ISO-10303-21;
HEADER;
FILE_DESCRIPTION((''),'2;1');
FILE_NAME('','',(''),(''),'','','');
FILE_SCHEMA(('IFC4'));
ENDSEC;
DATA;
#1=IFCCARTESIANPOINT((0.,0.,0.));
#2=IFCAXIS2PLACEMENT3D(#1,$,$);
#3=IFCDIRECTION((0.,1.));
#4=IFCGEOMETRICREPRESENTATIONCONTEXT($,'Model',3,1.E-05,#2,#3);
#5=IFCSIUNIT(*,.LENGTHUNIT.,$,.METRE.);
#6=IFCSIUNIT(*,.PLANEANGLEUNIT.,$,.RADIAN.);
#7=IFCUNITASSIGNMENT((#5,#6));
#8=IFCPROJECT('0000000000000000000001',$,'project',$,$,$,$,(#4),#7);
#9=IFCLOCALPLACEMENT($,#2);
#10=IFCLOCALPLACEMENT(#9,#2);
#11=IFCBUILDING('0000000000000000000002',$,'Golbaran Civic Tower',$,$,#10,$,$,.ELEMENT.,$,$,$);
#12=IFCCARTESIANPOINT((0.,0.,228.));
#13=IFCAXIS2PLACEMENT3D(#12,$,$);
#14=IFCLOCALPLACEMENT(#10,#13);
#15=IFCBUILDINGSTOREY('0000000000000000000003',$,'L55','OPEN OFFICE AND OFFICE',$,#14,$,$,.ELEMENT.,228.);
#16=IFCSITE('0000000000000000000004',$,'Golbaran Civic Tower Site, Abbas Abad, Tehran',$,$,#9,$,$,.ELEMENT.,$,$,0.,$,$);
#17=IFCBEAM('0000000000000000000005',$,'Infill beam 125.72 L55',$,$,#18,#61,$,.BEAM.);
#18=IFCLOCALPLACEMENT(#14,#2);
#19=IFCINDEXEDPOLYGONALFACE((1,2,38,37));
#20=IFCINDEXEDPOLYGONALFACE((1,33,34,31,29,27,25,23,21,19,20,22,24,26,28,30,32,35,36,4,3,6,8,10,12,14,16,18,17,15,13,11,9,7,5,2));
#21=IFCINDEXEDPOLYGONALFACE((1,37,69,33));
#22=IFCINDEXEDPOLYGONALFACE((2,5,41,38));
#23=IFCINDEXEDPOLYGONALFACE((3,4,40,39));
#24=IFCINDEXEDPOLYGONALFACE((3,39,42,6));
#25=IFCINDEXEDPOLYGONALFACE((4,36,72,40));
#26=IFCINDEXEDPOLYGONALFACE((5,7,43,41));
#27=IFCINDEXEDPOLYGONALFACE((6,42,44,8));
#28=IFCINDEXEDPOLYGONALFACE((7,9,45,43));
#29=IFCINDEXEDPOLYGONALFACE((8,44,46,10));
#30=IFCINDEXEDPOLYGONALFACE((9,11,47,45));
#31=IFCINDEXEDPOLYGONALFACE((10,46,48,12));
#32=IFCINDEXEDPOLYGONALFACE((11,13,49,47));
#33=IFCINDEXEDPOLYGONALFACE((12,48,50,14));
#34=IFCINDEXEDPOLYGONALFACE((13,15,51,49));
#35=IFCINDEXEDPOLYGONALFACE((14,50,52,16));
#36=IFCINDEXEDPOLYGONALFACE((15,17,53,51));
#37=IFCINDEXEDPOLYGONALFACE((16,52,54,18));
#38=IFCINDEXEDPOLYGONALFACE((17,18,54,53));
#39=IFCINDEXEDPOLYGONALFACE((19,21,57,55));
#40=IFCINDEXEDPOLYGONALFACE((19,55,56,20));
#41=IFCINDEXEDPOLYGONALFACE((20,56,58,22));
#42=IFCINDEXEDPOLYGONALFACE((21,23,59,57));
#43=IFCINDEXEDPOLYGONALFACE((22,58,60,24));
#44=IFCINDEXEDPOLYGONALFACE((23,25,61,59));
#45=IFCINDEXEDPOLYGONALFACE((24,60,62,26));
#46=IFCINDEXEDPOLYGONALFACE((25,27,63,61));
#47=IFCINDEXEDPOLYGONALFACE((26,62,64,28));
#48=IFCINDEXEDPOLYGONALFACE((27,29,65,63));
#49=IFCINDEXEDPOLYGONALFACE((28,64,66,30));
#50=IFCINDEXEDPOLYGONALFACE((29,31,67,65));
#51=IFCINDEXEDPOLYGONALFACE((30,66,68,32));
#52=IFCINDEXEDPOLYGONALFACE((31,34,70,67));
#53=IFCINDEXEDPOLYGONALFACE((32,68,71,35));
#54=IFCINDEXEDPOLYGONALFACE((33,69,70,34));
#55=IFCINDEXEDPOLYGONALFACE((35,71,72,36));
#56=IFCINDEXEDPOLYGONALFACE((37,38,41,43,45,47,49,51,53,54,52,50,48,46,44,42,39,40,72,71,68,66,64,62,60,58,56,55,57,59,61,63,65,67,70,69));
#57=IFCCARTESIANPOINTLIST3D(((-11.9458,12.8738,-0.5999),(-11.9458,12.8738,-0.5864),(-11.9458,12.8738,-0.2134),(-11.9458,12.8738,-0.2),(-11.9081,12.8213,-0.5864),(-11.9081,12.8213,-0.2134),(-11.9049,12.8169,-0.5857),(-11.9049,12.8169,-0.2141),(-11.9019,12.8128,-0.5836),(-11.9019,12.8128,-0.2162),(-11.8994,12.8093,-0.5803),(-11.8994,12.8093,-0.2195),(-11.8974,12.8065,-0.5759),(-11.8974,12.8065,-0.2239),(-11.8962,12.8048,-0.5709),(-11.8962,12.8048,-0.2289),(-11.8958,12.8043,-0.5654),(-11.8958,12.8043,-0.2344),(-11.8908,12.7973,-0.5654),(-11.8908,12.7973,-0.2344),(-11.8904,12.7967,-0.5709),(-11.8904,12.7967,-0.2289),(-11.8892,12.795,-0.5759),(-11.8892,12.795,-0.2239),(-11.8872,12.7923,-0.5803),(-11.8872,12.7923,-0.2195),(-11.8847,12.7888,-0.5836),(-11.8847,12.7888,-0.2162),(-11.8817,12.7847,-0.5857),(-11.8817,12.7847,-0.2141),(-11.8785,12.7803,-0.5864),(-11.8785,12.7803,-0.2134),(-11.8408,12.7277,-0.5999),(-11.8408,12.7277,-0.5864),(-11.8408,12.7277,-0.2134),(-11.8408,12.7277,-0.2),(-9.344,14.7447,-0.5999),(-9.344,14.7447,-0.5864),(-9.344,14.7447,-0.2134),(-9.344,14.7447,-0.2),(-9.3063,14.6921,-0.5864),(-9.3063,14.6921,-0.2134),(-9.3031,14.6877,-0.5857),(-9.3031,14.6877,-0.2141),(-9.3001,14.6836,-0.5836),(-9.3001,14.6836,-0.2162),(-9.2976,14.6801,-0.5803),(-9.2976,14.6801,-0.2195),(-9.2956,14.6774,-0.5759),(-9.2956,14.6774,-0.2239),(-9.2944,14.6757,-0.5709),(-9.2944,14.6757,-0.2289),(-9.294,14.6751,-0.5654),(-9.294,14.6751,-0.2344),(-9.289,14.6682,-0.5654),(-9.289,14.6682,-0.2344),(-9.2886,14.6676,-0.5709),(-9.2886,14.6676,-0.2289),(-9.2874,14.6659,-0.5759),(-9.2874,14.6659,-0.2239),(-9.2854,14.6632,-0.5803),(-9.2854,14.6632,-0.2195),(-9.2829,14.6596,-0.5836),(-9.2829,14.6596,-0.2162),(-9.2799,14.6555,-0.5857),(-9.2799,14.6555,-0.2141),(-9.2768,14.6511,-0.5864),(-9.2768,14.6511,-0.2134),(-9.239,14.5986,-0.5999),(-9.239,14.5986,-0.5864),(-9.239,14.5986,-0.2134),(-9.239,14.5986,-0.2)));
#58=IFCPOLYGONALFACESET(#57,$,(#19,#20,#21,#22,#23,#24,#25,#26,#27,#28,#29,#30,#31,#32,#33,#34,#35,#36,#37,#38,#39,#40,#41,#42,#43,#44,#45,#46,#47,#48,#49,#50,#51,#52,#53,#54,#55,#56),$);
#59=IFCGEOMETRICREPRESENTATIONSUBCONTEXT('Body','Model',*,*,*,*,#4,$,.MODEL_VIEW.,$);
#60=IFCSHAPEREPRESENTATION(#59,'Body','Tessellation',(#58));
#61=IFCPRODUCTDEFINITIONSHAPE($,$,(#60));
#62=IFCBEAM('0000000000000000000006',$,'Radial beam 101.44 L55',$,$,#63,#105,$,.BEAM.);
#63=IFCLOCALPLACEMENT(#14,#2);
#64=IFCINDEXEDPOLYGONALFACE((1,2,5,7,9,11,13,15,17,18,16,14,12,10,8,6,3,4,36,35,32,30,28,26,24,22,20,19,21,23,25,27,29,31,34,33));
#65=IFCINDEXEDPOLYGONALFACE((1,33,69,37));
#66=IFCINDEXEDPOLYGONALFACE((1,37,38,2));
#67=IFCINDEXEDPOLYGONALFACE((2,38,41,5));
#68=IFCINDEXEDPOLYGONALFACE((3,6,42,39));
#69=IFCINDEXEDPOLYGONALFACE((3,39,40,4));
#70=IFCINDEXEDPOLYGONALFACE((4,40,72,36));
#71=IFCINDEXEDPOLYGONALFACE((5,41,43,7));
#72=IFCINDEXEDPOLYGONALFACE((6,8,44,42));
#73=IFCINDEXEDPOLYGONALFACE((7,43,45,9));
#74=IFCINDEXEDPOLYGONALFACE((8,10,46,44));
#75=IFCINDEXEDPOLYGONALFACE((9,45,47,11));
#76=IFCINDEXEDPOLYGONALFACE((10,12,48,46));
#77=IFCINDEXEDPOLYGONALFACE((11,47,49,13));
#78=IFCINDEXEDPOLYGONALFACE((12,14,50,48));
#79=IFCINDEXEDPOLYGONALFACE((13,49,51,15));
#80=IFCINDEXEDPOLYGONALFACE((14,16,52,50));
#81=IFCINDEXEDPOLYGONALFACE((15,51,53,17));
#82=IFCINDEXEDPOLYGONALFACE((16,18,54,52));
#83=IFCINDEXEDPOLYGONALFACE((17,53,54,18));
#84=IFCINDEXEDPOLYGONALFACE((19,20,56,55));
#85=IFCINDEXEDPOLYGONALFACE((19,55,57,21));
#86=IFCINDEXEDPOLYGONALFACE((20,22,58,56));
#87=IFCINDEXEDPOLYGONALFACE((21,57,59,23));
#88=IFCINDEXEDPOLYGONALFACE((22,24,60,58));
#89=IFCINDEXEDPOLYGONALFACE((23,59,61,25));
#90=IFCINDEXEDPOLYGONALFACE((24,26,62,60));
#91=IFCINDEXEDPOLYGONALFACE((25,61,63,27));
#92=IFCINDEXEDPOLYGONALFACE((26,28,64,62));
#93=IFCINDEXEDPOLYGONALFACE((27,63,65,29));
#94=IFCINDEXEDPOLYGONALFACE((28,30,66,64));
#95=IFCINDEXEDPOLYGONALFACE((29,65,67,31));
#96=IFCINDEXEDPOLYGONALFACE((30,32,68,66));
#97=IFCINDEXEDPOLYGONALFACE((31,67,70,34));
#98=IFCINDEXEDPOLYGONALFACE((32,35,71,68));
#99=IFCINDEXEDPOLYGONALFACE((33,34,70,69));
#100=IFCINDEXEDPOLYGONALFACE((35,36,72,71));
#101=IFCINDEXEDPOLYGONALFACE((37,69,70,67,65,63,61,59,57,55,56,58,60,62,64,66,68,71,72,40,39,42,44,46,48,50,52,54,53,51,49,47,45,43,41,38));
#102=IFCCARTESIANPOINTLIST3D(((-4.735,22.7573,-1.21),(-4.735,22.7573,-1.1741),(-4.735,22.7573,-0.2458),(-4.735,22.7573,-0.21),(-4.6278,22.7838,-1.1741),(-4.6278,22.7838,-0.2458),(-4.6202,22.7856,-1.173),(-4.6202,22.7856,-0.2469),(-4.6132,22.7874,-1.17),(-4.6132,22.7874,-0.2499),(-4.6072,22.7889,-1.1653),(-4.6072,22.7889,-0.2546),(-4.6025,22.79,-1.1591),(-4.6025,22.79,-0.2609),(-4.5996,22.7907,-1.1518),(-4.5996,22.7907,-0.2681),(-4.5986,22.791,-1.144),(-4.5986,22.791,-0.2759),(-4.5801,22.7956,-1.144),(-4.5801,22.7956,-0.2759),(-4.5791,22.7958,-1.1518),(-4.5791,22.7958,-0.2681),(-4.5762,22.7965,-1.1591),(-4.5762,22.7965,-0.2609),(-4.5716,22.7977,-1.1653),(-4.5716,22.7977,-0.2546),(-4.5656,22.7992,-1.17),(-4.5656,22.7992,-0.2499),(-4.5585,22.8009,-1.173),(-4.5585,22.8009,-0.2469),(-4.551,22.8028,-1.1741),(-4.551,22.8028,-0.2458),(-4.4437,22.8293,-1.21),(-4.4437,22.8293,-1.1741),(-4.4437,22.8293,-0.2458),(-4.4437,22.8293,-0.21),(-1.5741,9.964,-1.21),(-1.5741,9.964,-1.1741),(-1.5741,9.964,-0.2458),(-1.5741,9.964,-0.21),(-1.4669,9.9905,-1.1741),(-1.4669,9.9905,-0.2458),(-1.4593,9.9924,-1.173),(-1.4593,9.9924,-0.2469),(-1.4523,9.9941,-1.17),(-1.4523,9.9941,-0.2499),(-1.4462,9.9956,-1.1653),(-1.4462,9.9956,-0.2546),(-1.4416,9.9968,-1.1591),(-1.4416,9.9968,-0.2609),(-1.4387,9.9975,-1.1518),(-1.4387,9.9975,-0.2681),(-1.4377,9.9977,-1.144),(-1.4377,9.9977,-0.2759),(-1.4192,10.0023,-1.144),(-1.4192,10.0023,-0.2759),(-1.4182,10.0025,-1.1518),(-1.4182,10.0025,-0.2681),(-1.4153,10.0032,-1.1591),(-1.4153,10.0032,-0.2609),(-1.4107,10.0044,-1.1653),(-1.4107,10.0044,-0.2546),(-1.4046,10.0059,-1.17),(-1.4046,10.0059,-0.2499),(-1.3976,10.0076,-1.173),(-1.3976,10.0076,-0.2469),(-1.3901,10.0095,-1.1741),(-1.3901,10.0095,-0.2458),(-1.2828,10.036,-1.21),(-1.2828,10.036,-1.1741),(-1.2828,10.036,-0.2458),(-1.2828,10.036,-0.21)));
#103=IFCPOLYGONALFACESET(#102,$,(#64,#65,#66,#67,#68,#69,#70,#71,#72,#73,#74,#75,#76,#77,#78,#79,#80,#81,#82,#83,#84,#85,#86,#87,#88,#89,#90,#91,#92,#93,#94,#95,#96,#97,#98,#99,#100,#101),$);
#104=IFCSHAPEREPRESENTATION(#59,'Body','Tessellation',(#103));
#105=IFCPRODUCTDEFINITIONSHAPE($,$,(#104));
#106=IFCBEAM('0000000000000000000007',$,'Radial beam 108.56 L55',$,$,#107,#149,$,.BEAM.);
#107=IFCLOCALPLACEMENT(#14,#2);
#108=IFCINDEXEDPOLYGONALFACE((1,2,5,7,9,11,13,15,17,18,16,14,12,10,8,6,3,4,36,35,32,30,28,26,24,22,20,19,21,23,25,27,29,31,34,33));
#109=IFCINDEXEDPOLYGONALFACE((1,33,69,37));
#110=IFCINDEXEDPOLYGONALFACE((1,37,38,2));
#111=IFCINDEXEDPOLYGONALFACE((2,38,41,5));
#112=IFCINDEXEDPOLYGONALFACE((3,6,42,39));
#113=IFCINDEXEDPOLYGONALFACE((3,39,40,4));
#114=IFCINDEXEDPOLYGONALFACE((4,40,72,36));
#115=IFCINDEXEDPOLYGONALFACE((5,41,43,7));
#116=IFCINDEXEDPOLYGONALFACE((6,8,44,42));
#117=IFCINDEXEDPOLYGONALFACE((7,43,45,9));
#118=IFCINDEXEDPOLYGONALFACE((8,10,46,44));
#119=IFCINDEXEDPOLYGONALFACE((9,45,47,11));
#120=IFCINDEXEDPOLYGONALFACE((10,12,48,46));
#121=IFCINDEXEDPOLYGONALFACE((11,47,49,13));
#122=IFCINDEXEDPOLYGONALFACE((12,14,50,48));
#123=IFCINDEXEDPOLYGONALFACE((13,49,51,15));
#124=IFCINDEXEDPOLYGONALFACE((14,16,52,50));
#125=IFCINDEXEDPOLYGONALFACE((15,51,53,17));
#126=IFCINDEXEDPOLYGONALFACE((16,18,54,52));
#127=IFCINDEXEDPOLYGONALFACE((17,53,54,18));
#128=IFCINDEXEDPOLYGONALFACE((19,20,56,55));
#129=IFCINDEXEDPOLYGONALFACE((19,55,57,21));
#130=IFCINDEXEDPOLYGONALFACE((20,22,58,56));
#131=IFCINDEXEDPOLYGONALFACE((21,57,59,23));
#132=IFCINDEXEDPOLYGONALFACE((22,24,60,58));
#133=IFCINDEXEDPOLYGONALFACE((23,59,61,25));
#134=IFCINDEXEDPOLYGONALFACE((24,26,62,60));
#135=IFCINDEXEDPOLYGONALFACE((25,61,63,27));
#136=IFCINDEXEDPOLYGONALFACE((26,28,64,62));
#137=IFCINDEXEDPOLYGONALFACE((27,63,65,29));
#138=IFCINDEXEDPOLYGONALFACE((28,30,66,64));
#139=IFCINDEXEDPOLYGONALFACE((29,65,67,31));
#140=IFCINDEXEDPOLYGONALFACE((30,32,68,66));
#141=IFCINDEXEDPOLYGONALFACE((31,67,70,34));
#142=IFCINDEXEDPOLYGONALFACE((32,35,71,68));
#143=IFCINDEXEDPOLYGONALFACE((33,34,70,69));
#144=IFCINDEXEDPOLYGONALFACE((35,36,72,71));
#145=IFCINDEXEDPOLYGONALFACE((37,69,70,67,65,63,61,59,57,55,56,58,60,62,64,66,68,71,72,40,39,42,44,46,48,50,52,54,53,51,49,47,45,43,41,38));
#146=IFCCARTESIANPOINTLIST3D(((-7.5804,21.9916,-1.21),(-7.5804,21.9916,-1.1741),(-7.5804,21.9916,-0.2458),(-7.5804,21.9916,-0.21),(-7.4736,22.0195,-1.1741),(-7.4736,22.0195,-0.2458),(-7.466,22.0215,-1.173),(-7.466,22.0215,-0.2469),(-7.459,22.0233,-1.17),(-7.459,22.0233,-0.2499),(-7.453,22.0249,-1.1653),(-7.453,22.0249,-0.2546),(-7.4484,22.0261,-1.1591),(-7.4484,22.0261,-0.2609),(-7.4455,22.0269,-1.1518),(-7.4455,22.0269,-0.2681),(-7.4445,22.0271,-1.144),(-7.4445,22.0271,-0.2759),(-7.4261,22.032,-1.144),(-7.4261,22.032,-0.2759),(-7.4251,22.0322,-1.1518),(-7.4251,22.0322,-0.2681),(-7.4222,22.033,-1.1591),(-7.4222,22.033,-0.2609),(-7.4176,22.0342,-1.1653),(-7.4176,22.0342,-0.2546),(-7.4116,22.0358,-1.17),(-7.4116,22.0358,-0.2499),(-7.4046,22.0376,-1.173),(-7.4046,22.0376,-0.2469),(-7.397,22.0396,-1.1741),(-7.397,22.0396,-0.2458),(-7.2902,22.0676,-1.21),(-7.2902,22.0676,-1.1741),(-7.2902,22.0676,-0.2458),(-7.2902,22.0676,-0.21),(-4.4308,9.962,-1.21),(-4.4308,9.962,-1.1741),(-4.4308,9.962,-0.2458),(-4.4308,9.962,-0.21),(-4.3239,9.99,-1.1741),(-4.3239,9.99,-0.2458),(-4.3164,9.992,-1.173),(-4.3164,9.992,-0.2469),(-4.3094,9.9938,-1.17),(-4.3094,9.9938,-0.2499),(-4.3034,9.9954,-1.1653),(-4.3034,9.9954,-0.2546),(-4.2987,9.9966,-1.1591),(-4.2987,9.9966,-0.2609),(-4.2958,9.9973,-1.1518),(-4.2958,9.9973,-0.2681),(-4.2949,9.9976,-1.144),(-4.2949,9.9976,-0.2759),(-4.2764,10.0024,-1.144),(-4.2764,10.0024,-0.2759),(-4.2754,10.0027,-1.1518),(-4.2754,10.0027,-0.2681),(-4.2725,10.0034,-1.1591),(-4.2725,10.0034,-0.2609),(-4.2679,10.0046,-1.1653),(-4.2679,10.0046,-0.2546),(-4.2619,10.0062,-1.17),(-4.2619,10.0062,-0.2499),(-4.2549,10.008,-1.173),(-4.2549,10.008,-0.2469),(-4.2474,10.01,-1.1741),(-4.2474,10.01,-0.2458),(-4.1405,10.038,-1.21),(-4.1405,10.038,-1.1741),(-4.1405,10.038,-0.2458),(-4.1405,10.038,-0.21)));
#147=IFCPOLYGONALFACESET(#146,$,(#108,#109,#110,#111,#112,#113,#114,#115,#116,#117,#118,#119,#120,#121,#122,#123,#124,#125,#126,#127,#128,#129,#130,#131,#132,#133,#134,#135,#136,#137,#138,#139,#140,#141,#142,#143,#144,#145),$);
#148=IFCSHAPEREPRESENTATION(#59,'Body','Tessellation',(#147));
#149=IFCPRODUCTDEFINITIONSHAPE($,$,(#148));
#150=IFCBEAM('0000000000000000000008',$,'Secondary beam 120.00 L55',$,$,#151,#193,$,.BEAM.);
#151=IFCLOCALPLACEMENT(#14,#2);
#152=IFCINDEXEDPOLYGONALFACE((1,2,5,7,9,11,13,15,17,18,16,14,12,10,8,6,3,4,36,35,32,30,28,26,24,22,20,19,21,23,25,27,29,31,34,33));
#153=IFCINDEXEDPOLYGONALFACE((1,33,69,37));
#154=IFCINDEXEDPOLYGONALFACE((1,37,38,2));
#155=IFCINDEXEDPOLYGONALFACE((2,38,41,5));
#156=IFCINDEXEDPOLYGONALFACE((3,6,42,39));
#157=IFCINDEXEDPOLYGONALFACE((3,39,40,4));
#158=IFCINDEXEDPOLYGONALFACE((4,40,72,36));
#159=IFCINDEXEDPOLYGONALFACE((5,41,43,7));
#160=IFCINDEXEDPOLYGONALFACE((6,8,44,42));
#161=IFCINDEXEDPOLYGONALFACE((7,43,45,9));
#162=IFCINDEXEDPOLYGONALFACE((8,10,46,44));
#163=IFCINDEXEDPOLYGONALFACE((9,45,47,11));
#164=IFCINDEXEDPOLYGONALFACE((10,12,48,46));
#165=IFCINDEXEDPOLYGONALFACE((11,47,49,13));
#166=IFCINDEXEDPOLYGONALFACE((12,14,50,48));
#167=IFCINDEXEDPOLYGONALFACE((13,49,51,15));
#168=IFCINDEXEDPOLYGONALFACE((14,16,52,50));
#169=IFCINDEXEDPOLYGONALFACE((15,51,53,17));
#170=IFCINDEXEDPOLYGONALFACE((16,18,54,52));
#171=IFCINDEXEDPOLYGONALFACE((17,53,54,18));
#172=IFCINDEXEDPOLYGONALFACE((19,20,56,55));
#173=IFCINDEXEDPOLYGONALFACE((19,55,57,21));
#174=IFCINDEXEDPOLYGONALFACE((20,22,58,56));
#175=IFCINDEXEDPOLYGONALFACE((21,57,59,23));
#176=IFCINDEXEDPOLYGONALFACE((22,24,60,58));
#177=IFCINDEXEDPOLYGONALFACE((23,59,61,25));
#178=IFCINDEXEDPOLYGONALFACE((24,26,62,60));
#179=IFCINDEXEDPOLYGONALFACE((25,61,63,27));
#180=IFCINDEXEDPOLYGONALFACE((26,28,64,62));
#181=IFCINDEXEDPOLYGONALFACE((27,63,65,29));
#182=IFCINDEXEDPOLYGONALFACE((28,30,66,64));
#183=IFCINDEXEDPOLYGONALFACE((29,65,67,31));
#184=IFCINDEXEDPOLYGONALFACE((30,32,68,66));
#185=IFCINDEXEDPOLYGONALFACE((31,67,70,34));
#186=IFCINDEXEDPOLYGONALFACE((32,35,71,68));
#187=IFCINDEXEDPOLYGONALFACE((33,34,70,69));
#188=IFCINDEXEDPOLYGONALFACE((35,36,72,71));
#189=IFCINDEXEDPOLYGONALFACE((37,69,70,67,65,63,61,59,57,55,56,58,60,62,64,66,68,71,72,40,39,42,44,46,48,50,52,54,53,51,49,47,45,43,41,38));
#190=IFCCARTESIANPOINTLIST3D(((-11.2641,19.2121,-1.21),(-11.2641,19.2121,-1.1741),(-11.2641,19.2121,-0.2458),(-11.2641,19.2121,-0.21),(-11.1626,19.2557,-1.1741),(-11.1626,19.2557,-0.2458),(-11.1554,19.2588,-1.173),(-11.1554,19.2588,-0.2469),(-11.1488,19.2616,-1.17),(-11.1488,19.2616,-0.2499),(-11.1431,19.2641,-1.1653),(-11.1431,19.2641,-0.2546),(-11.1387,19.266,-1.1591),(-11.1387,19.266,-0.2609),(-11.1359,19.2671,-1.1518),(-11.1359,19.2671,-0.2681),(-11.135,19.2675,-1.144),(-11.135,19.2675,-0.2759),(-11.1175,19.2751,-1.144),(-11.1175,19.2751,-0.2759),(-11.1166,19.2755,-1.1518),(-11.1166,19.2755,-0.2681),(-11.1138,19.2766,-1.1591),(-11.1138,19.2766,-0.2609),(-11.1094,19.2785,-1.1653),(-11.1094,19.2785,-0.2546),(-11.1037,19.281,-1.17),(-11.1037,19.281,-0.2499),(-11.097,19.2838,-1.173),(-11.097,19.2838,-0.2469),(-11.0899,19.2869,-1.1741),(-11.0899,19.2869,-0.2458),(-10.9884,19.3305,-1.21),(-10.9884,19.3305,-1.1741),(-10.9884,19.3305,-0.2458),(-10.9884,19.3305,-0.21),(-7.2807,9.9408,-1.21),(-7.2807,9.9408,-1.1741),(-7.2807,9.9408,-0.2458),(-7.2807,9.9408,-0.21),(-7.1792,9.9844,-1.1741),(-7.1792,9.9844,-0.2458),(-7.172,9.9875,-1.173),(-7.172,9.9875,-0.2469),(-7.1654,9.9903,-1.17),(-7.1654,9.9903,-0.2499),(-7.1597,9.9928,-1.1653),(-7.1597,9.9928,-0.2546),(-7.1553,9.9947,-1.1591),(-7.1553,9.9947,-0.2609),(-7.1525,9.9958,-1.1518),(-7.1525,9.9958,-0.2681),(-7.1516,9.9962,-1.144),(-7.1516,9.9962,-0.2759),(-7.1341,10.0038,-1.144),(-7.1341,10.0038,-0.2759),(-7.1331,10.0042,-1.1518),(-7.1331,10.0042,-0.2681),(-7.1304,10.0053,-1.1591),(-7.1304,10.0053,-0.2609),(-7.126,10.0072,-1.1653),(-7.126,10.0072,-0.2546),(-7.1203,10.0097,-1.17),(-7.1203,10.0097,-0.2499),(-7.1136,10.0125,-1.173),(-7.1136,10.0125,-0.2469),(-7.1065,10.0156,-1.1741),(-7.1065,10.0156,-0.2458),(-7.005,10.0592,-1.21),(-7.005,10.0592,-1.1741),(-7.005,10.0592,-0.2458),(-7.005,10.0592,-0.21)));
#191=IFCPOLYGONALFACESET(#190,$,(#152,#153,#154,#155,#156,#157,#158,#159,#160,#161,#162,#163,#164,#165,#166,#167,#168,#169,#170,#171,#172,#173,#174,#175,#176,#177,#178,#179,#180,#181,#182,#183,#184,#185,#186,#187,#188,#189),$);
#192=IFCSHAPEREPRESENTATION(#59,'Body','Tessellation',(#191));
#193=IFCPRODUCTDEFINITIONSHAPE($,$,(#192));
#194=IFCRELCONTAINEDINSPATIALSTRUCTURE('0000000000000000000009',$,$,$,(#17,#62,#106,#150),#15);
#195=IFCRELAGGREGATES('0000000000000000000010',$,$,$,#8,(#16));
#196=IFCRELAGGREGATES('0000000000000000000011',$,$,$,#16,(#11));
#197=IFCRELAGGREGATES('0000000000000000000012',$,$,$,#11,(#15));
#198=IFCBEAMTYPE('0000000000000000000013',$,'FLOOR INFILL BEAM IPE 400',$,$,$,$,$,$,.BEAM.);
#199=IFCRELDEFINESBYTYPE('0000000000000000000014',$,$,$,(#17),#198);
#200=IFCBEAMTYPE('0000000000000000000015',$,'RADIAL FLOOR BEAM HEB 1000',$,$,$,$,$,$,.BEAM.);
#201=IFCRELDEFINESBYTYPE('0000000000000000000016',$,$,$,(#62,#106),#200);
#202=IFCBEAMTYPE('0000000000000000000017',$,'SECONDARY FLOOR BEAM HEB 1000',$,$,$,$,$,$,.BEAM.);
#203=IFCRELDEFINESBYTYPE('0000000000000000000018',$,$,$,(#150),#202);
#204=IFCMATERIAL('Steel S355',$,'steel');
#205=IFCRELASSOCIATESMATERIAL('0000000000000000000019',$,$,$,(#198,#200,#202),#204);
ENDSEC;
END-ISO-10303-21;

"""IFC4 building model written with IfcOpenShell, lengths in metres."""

from ifc_helpers import new_model, si_unit, direction, frame, origin, origin_2d, place, context, subcontext, project, spatial, i_section, extrude, material, material_profile, profile_set, type_object, element, save


model = new_model("IFC4")

# Units and contexts
model_context = context("Model", 3, precision=1e-05, world=origin(), true_north=direction((0.0, 1.0)))
body_context = subcontext(model_context, "Body", "Model", "MODEL_VIEW")
ifc_project = project(units=[si_unit("LENGTHUNIT", "METRE"), si_unit("PLANEANGLEUNIT", "RADIAN")], contexts=[model_context])

# Site, building, storey
site_placement = place(None, origin())
site = spatial("IfcSite", under=ifc_project, at=site_placement, Name="Golbaran Civic Tower Site, Abbas Abad, Tehran", CompositionType="ELEMENT", RefElevation=0.0)
building_placement = place(site_placement, origin())
building = spatial("IfcBuilding", under=site, at=building_placement, Name="Golbaran Civic Tower", CompositionType="ELEMENT")
storey_placement = place(building_placement, frame((0.0, 0.0, 228.0)))
storey = spatial("IfcBuildingStorey", under=building, at=storey_placement, Name="L55", Description="OPEN OFFICE AND OFFICE", CompositionType="ELEMENT", Elevation=228.0)

# Beams
ifc_material_1 = material(Name="Steel S355", Category="steel")
ifc_material_profile_1 = material_profile(ifc_material_1, i_section(OverallWidth=0.1799, OverallDepth=0.3999, WebThickness=0.0085, FlangeThickness=0.0134, FilletRadius=0.021, at=origin_2d()), Name="IPE 400")
ifc_profile_set_1 = profile_set([ifc_material_profile_1], Name="Steel S355")
beam_type_1 = type_object("IfcBeamType", Name="FLOOR INFILL BEAM IPE 400", PredefinedType="BEAM", material=ifc_profile_set_1)
beam_1_placement = place(storey_placement, frame((-9.2915, 14.6716, -0.3999), z_axis=(-0.811897, -0.583801, 0.0), x_axis=(0.583801, -0.811897, 0.0)))
element("IfcBeam", 1, at=beam_1_placement, inside=storey, type_object=beam_type_1, Name="Infill beam 125.72 L55", PredefinedType="BEAM", context=body_context, shape_type="SweptSolid", body=[
    extrude(i_section(OverallWidth=0.1799, OverallDepth=0.3999, WebThickness=0.0085, FlangeThickness=0.0134, FilletRadius=0.021, at=origin_2d()), origin(), (0.0, 0.0, 1.0), 3.2046),
])
ifc_material_profile_2 = material_profile(ifc_material_1, i_section(OverallWidth=0.3, OverallDepth=1.0, WebThickness=0.019, FlangeThickness=0.0359, FilletRadius=0.03, at=origin_2d()), Name="HEB 1000")
ifc_profile_set_2 = profile_set([ifc_material_profile_2], Name="Steel S355")
beam_type_2 = type_object("IfcBeamType", Name="RADIAL FLOOR BEAM HEB 1000", PredefinedType="BEAM", material=ifc_profile_set_2)
beam_2_placement = place(storey_placement, frame((-1.4285, 10.0, -0.71), z_axis=(-0.239863, 0.970807, 0.0), x_axis=(-0.970807, -0.239863, 0.0)))
element("IfcBeam", 2, at=beam_2_placement, inside=storey, type_object=beam_type_2, Name="Radial beam 101.44 L55", PredefinedType="BEAM", context=body_context, shape_type="SweptSolid", body=[
    extrude(i_section(OverallWidth=0.3, OverallDepth=1.0, WebThickness=0.019, FlangeThickness=0.0359, FilletRadius=0.03, at=origin_2d()), origin(), (0.0, 0.0, 1.0), 13.178),
])
beam_3_placement = place(storey_placement, frame((-4.2856, 10.0, -0.71), z_axis=(-0.253289, 0.967391, 0.0), x_axis=(-0.967391, -0.253289, 0.0)))
element("IfcBeam", 3, at=beam_3_placement, inside=storey, type_object=beam_type_2, Name="Radial beam 108.56 L55", PredefinedType="BEAM", context=body_context, shape_type="SweptSolid", body=[
    extrude(i_section(OverallWidth=0.3, OverallDepth=1.0, WebThickness=0.019, FlangeThickness=0.0359, FilletRadius=0.03, at=origin_2d()), origin(), (0.0, 0.0, 1.0), 12.4351),
])
ifc_material_profile_3 = material_profile(ifc_material_1, i_section(OverallWidth=0.3, OverallDepth=1.0, WebThickness=0.019, FlangeThickness=0.0359, FilletRadius=0.03, at=origin_2d()), Name="HEB 1000")
ifc_profile_set_3 = profile_set([ifc_material_profile_3], Name="Steel S355")
beam_type_3 = type_object("IfcBeamType", Name="SECONDARY FLOOR BEAM HEB 1000", PredefinedType="BEAM", material=ifc_profile_set_3)
beam_4_placement = place(storey_placement, frame((-7.1428, 10.0, -0.71), z_axis=(-0.394757, 0.918785, 0.0), x_axis=(-0.918785, -0.394757, 0.0)))
element("IfcBeam", 4, at=beam_4_placement, inside=storey, type_object=beam_type_3, Name="Secondary beam 120.00 L55", PredefinedType="BEAM", context=body_context, shape_type="SweptSolid", body=[
    extrude(i_section(OverallWidth=0.3, OverallDepth=1.0, WebThickness=0.019, FlangeThickness=0.0359, FilletRadius=0.03, at=origin_2d()), origin(), (0.0, 0.0, 1.0), 10.0908),
])

save(model, "model.ifc")
